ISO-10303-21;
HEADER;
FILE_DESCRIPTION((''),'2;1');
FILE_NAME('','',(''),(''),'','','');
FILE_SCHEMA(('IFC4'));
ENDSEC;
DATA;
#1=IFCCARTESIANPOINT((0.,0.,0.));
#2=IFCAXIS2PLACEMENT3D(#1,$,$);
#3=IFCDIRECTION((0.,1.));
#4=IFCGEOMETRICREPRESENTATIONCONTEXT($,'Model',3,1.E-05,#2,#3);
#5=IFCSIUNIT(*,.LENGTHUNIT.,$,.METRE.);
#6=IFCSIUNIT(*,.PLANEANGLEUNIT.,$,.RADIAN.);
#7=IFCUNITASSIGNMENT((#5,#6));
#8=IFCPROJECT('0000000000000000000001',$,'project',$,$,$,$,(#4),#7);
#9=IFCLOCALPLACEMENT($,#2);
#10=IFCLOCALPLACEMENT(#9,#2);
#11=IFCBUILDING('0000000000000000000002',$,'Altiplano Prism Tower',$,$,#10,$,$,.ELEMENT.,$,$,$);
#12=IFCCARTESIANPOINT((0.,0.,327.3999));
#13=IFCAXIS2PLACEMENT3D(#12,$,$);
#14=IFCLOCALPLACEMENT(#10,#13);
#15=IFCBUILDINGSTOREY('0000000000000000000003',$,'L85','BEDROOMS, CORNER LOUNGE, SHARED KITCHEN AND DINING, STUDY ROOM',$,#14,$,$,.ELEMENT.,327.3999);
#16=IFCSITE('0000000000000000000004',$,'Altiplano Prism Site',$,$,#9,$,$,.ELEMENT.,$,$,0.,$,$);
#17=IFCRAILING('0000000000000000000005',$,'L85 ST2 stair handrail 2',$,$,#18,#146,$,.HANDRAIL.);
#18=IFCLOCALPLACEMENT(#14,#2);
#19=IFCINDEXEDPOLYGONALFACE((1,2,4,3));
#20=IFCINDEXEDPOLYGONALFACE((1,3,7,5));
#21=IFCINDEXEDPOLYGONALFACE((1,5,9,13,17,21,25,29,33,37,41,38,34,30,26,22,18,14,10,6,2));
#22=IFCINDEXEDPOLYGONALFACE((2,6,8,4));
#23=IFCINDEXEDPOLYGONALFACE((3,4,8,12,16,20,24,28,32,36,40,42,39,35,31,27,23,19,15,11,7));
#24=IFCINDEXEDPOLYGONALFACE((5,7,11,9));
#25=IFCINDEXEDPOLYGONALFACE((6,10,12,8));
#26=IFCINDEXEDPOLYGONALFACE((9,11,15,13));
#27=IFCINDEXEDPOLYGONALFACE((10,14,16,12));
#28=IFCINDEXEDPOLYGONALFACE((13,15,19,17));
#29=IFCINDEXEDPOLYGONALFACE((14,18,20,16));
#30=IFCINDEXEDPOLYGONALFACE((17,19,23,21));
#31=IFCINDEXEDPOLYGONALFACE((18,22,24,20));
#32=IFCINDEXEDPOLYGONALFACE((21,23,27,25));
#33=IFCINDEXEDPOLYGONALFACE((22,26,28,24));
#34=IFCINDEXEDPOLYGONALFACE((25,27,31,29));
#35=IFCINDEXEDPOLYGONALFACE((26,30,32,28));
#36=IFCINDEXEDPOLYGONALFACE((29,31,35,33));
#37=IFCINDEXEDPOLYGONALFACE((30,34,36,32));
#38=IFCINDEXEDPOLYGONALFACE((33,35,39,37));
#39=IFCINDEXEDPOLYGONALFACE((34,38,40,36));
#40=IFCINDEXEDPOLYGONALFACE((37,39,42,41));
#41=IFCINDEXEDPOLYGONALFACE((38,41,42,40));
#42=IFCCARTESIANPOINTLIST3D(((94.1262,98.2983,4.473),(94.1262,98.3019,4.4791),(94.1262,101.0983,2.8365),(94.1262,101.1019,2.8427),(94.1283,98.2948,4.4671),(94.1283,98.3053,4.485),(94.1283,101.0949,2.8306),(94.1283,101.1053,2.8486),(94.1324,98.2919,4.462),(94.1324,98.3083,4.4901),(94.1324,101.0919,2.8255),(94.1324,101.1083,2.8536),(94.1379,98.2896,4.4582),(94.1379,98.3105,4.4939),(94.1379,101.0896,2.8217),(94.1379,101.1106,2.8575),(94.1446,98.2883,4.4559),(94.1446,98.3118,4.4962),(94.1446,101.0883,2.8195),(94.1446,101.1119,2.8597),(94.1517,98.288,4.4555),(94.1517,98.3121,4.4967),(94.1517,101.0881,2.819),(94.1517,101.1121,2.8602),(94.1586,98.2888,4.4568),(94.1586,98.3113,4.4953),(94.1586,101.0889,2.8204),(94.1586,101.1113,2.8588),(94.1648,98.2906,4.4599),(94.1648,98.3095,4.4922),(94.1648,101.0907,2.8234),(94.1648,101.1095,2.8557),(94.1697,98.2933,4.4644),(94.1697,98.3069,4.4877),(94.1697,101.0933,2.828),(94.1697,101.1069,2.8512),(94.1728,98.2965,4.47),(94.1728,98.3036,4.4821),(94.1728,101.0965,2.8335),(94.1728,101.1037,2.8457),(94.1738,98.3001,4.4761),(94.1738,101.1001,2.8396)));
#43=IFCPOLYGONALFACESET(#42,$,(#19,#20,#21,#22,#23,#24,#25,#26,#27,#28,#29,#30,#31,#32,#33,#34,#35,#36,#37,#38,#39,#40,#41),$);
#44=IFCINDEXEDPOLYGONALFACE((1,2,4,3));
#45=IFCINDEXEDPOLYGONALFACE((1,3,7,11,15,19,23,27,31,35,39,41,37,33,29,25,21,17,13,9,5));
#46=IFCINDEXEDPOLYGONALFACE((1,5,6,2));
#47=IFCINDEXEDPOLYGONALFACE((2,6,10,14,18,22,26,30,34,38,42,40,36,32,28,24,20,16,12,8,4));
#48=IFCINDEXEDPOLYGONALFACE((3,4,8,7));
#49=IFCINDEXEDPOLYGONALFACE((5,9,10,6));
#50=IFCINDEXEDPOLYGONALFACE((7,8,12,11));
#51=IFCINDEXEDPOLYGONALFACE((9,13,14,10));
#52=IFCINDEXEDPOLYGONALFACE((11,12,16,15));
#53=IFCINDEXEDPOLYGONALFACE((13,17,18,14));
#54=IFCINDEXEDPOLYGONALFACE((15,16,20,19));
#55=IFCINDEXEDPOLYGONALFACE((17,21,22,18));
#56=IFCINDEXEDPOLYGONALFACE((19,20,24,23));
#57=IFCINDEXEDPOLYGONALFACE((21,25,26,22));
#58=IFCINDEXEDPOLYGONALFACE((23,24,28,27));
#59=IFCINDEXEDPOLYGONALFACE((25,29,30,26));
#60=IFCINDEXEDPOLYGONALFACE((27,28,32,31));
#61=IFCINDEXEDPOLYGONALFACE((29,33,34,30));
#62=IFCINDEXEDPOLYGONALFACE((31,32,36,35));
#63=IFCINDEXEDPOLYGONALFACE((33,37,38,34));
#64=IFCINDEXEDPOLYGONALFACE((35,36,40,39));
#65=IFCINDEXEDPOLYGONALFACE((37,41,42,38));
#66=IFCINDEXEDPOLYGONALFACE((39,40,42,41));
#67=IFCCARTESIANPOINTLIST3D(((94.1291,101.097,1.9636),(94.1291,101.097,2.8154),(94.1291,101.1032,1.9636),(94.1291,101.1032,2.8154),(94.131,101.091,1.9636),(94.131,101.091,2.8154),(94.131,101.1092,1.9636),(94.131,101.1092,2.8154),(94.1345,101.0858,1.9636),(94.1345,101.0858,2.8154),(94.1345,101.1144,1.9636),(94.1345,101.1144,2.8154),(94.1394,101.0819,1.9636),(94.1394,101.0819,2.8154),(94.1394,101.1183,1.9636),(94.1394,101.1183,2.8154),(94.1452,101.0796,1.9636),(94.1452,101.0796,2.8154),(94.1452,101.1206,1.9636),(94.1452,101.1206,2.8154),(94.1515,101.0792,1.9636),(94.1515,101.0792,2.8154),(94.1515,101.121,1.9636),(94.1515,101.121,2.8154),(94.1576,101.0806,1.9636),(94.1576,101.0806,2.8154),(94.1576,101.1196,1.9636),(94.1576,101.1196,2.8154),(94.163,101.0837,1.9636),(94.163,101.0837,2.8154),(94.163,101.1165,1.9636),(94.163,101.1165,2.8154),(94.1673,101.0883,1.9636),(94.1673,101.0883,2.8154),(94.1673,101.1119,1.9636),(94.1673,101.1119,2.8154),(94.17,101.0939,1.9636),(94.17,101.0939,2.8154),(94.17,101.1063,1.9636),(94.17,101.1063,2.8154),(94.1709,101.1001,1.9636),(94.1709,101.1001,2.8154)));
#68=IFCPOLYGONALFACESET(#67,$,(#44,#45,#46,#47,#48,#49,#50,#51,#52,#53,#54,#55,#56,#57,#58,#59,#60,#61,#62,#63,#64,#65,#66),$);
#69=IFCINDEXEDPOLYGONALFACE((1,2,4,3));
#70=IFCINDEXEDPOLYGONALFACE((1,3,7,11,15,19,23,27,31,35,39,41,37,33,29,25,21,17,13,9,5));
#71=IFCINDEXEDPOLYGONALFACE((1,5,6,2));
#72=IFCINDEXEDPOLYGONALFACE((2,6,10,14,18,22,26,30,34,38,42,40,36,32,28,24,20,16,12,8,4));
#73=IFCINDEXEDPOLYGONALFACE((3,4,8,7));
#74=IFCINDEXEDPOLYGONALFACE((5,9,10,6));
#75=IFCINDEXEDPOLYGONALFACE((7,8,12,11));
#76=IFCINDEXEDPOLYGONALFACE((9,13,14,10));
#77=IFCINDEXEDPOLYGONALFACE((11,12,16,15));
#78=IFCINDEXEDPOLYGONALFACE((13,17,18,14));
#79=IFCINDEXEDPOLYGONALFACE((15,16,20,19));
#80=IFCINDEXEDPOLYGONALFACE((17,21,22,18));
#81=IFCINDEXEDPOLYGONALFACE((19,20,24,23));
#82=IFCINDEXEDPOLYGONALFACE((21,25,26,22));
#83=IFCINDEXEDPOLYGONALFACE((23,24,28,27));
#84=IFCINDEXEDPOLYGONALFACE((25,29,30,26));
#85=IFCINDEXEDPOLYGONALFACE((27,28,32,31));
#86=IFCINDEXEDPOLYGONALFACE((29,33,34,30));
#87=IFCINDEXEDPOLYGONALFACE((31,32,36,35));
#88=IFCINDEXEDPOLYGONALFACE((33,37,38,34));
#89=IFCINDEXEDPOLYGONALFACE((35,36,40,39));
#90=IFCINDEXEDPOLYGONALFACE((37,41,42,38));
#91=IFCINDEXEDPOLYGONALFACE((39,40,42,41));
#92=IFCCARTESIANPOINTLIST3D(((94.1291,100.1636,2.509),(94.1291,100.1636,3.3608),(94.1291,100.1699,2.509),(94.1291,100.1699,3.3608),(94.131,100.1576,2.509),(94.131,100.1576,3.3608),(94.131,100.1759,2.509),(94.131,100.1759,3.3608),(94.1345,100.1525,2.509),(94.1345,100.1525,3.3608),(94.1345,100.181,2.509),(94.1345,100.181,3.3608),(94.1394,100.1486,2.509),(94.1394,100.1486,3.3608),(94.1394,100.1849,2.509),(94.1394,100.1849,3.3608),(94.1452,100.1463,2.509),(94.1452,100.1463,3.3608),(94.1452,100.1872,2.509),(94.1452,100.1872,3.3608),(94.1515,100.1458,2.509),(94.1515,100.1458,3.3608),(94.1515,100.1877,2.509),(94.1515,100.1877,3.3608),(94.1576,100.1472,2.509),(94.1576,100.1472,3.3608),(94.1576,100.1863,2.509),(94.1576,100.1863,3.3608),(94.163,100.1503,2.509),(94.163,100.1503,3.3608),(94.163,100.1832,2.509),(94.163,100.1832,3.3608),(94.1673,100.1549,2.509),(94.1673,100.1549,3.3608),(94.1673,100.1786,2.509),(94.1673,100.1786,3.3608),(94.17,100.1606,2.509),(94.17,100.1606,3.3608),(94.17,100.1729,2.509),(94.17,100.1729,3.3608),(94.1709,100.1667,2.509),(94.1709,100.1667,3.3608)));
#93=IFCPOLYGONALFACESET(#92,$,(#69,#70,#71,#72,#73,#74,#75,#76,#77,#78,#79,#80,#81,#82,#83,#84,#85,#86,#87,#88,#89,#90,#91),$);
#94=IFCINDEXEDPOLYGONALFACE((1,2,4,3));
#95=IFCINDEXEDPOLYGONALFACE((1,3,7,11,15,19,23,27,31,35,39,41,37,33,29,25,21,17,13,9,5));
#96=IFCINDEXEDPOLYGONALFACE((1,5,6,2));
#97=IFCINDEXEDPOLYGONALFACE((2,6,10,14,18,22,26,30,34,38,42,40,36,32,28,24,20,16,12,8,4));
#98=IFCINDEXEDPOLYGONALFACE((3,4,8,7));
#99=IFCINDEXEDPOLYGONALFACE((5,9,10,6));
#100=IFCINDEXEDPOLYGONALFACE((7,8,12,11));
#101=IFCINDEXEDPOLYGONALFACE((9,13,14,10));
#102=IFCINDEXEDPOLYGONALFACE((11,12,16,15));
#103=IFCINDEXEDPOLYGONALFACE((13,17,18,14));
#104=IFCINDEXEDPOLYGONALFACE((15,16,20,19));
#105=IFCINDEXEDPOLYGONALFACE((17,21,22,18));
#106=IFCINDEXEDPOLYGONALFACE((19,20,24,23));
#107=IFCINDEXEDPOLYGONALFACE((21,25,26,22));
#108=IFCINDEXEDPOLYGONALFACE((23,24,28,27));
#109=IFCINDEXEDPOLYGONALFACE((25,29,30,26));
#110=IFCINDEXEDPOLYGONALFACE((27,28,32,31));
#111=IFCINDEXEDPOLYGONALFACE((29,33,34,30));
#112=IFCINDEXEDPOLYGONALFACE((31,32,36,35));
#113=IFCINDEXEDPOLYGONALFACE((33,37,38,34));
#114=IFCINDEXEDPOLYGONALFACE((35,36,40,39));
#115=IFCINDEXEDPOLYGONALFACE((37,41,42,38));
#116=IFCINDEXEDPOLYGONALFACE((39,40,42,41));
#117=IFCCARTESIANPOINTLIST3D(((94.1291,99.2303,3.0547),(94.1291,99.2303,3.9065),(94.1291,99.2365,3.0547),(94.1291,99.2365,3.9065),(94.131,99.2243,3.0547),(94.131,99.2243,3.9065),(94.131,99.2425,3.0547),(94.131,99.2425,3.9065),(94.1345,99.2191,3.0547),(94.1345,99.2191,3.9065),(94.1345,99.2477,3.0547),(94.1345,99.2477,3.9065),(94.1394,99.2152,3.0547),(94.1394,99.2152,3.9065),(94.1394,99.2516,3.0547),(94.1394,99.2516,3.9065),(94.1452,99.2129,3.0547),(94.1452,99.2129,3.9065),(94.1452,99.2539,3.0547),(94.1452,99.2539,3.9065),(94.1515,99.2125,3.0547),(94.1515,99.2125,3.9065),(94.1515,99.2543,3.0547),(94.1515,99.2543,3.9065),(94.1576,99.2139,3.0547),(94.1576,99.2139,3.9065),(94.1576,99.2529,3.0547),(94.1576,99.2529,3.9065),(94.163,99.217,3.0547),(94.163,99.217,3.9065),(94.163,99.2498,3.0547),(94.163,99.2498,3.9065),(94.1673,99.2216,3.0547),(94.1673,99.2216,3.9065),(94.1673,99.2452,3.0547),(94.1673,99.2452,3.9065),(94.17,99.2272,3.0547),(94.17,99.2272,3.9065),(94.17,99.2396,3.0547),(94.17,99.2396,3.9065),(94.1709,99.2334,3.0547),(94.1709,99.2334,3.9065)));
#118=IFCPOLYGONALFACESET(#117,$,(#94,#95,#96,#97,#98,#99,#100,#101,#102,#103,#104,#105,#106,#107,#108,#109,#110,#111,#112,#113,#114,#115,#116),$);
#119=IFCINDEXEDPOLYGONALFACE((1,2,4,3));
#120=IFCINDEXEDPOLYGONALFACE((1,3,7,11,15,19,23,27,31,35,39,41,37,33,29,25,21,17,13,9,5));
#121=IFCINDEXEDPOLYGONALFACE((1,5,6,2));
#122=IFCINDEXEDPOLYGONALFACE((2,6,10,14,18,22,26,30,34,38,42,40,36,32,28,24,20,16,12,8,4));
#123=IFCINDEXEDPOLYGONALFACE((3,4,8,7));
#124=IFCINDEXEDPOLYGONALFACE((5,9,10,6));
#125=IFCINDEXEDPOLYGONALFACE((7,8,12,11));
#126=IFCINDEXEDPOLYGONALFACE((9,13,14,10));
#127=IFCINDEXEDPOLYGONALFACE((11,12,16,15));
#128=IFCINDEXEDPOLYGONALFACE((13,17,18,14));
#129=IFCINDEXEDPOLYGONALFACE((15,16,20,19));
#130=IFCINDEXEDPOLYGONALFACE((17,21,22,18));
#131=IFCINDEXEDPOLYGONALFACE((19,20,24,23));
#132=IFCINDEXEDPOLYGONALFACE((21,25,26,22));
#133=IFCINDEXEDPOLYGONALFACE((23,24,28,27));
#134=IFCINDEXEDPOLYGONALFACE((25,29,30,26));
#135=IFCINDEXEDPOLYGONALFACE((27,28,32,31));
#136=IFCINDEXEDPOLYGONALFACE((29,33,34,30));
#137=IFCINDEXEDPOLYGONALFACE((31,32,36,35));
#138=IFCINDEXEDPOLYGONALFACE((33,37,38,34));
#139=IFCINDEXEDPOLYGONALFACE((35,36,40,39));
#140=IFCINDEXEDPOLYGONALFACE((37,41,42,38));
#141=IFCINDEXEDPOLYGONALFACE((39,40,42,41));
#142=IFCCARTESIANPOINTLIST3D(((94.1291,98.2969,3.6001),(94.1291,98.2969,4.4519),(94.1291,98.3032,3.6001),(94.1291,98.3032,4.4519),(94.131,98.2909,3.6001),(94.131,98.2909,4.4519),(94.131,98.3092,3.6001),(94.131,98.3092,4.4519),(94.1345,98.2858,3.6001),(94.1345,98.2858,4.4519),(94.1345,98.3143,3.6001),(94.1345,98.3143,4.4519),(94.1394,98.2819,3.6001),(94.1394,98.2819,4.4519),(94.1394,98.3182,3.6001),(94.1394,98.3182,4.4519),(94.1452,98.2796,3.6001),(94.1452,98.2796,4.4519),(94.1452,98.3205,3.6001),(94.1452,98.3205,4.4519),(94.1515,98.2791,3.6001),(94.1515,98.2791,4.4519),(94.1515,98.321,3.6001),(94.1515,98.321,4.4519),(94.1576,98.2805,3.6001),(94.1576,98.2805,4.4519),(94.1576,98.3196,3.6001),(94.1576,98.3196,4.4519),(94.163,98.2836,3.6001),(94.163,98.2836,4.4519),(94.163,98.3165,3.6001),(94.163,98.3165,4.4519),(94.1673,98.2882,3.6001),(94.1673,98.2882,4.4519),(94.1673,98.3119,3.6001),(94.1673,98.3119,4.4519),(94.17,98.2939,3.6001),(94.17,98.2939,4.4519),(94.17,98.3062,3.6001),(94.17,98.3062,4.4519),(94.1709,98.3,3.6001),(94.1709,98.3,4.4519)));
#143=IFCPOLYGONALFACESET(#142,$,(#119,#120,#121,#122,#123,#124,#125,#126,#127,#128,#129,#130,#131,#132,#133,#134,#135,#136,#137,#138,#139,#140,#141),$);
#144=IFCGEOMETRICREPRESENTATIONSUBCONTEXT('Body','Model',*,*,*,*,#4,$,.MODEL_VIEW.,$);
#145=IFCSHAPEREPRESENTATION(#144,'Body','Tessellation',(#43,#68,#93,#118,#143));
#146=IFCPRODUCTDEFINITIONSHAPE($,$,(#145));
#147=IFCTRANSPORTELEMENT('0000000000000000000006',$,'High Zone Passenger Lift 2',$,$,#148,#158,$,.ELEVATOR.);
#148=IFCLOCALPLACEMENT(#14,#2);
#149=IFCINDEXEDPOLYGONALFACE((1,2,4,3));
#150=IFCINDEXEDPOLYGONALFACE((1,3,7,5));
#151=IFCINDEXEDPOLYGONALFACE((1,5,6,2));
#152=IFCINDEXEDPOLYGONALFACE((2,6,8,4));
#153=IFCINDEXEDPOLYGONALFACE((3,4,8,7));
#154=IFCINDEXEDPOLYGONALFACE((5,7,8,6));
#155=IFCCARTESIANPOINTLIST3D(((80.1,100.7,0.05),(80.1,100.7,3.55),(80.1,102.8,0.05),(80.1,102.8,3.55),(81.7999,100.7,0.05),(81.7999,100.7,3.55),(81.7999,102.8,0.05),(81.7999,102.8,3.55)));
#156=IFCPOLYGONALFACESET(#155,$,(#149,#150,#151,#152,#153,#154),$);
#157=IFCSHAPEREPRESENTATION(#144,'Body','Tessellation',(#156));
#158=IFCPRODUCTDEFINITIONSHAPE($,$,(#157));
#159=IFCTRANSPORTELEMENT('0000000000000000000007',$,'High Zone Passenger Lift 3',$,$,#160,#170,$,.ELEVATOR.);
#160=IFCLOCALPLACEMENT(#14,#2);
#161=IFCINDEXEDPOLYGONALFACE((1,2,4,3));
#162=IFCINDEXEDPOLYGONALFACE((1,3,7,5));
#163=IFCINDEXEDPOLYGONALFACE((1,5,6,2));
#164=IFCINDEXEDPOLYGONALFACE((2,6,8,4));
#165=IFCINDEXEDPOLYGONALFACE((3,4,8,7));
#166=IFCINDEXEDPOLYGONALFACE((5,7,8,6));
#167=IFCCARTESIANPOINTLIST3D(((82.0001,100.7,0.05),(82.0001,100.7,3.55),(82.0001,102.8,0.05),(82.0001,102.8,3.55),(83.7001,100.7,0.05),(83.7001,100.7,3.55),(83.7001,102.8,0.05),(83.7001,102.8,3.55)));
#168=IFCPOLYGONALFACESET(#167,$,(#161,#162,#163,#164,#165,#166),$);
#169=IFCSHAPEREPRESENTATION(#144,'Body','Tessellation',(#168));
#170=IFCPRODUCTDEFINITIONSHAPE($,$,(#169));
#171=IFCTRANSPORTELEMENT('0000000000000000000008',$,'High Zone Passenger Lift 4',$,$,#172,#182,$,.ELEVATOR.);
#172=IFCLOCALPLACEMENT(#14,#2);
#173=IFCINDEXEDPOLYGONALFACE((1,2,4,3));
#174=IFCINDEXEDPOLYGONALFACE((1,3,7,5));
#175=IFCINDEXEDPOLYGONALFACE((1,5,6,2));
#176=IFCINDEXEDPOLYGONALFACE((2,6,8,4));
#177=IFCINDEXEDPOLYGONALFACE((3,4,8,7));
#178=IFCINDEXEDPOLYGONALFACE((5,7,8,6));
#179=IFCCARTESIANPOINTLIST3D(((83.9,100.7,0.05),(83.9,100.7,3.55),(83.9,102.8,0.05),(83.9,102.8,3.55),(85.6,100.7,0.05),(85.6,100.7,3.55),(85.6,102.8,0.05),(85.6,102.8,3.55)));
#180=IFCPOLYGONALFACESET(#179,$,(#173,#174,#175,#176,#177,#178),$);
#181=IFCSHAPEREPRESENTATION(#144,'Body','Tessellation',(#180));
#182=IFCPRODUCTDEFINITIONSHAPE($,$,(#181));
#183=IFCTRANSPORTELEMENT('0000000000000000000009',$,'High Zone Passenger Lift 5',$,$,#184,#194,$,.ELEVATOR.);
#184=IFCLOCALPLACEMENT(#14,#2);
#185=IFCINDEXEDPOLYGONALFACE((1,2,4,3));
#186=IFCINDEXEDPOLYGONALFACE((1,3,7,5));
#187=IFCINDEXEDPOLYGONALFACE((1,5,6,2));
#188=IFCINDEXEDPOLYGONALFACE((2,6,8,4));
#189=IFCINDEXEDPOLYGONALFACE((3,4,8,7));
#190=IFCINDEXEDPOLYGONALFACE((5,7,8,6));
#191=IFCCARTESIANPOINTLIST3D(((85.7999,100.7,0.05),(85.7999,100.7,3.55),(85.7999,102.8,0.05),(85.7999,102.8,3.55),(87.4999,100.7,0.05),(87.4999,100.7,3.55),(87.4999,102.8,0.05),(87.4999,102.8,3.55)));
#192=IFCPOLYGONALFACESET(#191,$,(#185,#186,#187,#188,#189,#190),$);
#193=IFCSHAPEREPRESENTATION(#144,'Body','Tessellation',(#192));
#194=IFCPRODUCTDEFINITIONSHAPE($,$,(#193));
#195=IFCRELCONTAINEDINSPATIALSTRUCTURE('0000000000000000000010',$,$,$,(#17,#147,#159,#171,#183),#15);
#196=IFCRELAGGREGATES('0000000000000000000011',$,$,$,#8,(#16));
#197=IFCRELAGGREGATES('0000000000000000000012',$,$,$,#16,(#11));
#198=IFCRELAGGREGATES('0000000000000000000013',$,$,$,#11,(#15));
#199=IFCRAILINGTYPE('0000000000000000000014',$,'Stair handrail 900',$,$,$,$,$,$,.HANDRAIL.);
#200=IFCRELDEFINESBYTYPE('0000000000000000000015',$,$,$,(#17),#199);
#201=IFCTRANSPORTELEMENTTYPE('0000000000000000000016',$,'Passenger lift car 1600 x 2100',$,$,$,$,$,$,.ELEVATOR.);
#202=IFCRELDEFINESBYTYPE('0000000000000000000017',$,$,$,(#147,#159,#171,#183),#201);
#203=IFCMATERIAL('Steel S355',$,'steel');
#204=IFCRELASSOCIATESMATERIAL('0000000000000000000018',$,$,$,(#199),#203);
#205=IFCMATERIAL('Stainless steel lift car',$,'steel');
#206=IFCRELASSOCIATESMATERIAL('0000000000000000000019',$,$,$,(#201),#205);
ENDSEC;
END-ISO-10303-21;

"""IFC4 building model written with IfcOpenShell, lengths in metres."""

from ifc_helpers import new_model, si_unit, direction, frame, origin, origin_2d, place, context, subcontext, project, spatial, rectangle, circle, extrude, material, type_object, element, save


model = new_model("IFC4")

# Units and contexts
model_context = context("Model", 3, precision=1e-05, world=origin(), true_north=direction((0.0, 1.0)))
body_context = subcontext(model_context, "Body", "Model", "MODEL_VIEW")
ifc_project = project(units=[si_unit("LENGTHUNIT", "METRE"), si_unit("PLANEANGLEUNIT", "RADIAN")], contexts=[model_context])

# Site, building, storey
site_placement = place(None, origin())
site = spatial("IfcSite", under=ifc_project, at=site_placement, Name="Altiplano Prism Site", CompositionType="ELEMENT", RefElevation=0.0)
building_placement = place(site_placement, origin())
building = spatial("IfcBuilding", under=site, at=building_placement, Name="Altiplano Prism Tower", CompositionType="ELEMENT")
storey_placement = place(building_placement, frame((0.0, 0.0, 327.3999)))
storey = spatial("IfcBuildingStorey", under=building, at=storey_placement, Name="L85", Description="BEDROOMS, CORNER LOUNGE, SHARED KITCHEN AND DINING, STUDY ROOM", CompositionType="ELEMENT", Elevation=327.3999)

# Railing
ifc_material_1 = material(Name="Steel S355", Category="steel")
railing_type = type_object("IfcRailingType", Name="Stair handrail 900", PredefinedType="HANDRAIL", material=ifc_material_1)
railing_placement = place(storey_placement, frame((94.1499, 101.1001, 1.9636)))
element("IfcRailing", 1, at=railing_placement, inside=storey, type_object=railing_type, Name="L85 ST2 stair handrail 2", PredefinedType="HANDRAIL", context=body_context, shape_type="SweptSolid", body=[
    extrude(circle(Radius=0.0239, at=origin_2d()), frame((0.0, 0.0, 0.876), z_axis=(0.0, -0.863361, 0.504587), x_axis=(1.0, 0.0, 0.0)), (0.0, 0.0, 1.0), 3.2432),
    extrude(circle(Radius=0.021, at=origin_2d()), origin(), (0.0, 0.0, 1.0), 0.8518),
    extrude(circle(Radius=0.021, at=origin_2d()), frame((0.0, -0.9333, 0.5454)), (0.0, 0.0, 1.0), 0.8518),
    extrude(circle(Radius=0.021, at=origin_2d()), frame((0.0, -1.8667, 1.0911)), (0.0, 0.0, 1.0), 0.8518),
    extrude(circle(Radius=0.021, at=origin_2d()), frame((0.0, -2.8, 1.6365)), (0.0, 0.0, 1.0), 0.8518),
])

# Transport elements
ifc_material_2 = material(Name="Stainless steel lift car", Category="steel")
transport_element_type = type_object("IfcTransportElementType", Name="Passenger lift car 1600 x 2100", PredefinedType="ELEVATOR", material=ifc_material_2)
for number, where, z_axis, x_axis, name in (
    (2, (80.95, 101.75, 0.05), (0.0, 0.0, 1.0), (1.0, 0.0, 0.0), "High Zone Passenger Lift 2"),
    (3, (82.8501, 101.75, 0.05), (0.0, 0.0, 1.0), (1.0, 0.0, 0.0), "High Zone Passenger Lift 3"),
    (4, (84.75, 101.75, 0.05), (0.0, 0.0, 1.0), (1.0, 0.0, 0.0), "High Zone Passenger Lift 4"),
    (5, (86.6499, 101.75, 0.05), (0.0, 0.0, 1.0), (1.0, 0.0, 0.0), "High Zone Passenger Lift 5"),
):
    element("IfcTransportElement", number, at=place(storey_placement, frame(where, z_axis=z_axis, x_axis=x_axis)), inside=storey, type_object=transport_element_type, Name=name, PredefinedType="ELEVATOR", context=body_context, shape_type="SweptSolid", body=[
        extrude(rectangle(XDim=1.7, YDim=2.1001, at=origin_2d()), origin(), (0.0, 0.0, 1.0), 3.5),
    ])

save(model, "model.ifc")
